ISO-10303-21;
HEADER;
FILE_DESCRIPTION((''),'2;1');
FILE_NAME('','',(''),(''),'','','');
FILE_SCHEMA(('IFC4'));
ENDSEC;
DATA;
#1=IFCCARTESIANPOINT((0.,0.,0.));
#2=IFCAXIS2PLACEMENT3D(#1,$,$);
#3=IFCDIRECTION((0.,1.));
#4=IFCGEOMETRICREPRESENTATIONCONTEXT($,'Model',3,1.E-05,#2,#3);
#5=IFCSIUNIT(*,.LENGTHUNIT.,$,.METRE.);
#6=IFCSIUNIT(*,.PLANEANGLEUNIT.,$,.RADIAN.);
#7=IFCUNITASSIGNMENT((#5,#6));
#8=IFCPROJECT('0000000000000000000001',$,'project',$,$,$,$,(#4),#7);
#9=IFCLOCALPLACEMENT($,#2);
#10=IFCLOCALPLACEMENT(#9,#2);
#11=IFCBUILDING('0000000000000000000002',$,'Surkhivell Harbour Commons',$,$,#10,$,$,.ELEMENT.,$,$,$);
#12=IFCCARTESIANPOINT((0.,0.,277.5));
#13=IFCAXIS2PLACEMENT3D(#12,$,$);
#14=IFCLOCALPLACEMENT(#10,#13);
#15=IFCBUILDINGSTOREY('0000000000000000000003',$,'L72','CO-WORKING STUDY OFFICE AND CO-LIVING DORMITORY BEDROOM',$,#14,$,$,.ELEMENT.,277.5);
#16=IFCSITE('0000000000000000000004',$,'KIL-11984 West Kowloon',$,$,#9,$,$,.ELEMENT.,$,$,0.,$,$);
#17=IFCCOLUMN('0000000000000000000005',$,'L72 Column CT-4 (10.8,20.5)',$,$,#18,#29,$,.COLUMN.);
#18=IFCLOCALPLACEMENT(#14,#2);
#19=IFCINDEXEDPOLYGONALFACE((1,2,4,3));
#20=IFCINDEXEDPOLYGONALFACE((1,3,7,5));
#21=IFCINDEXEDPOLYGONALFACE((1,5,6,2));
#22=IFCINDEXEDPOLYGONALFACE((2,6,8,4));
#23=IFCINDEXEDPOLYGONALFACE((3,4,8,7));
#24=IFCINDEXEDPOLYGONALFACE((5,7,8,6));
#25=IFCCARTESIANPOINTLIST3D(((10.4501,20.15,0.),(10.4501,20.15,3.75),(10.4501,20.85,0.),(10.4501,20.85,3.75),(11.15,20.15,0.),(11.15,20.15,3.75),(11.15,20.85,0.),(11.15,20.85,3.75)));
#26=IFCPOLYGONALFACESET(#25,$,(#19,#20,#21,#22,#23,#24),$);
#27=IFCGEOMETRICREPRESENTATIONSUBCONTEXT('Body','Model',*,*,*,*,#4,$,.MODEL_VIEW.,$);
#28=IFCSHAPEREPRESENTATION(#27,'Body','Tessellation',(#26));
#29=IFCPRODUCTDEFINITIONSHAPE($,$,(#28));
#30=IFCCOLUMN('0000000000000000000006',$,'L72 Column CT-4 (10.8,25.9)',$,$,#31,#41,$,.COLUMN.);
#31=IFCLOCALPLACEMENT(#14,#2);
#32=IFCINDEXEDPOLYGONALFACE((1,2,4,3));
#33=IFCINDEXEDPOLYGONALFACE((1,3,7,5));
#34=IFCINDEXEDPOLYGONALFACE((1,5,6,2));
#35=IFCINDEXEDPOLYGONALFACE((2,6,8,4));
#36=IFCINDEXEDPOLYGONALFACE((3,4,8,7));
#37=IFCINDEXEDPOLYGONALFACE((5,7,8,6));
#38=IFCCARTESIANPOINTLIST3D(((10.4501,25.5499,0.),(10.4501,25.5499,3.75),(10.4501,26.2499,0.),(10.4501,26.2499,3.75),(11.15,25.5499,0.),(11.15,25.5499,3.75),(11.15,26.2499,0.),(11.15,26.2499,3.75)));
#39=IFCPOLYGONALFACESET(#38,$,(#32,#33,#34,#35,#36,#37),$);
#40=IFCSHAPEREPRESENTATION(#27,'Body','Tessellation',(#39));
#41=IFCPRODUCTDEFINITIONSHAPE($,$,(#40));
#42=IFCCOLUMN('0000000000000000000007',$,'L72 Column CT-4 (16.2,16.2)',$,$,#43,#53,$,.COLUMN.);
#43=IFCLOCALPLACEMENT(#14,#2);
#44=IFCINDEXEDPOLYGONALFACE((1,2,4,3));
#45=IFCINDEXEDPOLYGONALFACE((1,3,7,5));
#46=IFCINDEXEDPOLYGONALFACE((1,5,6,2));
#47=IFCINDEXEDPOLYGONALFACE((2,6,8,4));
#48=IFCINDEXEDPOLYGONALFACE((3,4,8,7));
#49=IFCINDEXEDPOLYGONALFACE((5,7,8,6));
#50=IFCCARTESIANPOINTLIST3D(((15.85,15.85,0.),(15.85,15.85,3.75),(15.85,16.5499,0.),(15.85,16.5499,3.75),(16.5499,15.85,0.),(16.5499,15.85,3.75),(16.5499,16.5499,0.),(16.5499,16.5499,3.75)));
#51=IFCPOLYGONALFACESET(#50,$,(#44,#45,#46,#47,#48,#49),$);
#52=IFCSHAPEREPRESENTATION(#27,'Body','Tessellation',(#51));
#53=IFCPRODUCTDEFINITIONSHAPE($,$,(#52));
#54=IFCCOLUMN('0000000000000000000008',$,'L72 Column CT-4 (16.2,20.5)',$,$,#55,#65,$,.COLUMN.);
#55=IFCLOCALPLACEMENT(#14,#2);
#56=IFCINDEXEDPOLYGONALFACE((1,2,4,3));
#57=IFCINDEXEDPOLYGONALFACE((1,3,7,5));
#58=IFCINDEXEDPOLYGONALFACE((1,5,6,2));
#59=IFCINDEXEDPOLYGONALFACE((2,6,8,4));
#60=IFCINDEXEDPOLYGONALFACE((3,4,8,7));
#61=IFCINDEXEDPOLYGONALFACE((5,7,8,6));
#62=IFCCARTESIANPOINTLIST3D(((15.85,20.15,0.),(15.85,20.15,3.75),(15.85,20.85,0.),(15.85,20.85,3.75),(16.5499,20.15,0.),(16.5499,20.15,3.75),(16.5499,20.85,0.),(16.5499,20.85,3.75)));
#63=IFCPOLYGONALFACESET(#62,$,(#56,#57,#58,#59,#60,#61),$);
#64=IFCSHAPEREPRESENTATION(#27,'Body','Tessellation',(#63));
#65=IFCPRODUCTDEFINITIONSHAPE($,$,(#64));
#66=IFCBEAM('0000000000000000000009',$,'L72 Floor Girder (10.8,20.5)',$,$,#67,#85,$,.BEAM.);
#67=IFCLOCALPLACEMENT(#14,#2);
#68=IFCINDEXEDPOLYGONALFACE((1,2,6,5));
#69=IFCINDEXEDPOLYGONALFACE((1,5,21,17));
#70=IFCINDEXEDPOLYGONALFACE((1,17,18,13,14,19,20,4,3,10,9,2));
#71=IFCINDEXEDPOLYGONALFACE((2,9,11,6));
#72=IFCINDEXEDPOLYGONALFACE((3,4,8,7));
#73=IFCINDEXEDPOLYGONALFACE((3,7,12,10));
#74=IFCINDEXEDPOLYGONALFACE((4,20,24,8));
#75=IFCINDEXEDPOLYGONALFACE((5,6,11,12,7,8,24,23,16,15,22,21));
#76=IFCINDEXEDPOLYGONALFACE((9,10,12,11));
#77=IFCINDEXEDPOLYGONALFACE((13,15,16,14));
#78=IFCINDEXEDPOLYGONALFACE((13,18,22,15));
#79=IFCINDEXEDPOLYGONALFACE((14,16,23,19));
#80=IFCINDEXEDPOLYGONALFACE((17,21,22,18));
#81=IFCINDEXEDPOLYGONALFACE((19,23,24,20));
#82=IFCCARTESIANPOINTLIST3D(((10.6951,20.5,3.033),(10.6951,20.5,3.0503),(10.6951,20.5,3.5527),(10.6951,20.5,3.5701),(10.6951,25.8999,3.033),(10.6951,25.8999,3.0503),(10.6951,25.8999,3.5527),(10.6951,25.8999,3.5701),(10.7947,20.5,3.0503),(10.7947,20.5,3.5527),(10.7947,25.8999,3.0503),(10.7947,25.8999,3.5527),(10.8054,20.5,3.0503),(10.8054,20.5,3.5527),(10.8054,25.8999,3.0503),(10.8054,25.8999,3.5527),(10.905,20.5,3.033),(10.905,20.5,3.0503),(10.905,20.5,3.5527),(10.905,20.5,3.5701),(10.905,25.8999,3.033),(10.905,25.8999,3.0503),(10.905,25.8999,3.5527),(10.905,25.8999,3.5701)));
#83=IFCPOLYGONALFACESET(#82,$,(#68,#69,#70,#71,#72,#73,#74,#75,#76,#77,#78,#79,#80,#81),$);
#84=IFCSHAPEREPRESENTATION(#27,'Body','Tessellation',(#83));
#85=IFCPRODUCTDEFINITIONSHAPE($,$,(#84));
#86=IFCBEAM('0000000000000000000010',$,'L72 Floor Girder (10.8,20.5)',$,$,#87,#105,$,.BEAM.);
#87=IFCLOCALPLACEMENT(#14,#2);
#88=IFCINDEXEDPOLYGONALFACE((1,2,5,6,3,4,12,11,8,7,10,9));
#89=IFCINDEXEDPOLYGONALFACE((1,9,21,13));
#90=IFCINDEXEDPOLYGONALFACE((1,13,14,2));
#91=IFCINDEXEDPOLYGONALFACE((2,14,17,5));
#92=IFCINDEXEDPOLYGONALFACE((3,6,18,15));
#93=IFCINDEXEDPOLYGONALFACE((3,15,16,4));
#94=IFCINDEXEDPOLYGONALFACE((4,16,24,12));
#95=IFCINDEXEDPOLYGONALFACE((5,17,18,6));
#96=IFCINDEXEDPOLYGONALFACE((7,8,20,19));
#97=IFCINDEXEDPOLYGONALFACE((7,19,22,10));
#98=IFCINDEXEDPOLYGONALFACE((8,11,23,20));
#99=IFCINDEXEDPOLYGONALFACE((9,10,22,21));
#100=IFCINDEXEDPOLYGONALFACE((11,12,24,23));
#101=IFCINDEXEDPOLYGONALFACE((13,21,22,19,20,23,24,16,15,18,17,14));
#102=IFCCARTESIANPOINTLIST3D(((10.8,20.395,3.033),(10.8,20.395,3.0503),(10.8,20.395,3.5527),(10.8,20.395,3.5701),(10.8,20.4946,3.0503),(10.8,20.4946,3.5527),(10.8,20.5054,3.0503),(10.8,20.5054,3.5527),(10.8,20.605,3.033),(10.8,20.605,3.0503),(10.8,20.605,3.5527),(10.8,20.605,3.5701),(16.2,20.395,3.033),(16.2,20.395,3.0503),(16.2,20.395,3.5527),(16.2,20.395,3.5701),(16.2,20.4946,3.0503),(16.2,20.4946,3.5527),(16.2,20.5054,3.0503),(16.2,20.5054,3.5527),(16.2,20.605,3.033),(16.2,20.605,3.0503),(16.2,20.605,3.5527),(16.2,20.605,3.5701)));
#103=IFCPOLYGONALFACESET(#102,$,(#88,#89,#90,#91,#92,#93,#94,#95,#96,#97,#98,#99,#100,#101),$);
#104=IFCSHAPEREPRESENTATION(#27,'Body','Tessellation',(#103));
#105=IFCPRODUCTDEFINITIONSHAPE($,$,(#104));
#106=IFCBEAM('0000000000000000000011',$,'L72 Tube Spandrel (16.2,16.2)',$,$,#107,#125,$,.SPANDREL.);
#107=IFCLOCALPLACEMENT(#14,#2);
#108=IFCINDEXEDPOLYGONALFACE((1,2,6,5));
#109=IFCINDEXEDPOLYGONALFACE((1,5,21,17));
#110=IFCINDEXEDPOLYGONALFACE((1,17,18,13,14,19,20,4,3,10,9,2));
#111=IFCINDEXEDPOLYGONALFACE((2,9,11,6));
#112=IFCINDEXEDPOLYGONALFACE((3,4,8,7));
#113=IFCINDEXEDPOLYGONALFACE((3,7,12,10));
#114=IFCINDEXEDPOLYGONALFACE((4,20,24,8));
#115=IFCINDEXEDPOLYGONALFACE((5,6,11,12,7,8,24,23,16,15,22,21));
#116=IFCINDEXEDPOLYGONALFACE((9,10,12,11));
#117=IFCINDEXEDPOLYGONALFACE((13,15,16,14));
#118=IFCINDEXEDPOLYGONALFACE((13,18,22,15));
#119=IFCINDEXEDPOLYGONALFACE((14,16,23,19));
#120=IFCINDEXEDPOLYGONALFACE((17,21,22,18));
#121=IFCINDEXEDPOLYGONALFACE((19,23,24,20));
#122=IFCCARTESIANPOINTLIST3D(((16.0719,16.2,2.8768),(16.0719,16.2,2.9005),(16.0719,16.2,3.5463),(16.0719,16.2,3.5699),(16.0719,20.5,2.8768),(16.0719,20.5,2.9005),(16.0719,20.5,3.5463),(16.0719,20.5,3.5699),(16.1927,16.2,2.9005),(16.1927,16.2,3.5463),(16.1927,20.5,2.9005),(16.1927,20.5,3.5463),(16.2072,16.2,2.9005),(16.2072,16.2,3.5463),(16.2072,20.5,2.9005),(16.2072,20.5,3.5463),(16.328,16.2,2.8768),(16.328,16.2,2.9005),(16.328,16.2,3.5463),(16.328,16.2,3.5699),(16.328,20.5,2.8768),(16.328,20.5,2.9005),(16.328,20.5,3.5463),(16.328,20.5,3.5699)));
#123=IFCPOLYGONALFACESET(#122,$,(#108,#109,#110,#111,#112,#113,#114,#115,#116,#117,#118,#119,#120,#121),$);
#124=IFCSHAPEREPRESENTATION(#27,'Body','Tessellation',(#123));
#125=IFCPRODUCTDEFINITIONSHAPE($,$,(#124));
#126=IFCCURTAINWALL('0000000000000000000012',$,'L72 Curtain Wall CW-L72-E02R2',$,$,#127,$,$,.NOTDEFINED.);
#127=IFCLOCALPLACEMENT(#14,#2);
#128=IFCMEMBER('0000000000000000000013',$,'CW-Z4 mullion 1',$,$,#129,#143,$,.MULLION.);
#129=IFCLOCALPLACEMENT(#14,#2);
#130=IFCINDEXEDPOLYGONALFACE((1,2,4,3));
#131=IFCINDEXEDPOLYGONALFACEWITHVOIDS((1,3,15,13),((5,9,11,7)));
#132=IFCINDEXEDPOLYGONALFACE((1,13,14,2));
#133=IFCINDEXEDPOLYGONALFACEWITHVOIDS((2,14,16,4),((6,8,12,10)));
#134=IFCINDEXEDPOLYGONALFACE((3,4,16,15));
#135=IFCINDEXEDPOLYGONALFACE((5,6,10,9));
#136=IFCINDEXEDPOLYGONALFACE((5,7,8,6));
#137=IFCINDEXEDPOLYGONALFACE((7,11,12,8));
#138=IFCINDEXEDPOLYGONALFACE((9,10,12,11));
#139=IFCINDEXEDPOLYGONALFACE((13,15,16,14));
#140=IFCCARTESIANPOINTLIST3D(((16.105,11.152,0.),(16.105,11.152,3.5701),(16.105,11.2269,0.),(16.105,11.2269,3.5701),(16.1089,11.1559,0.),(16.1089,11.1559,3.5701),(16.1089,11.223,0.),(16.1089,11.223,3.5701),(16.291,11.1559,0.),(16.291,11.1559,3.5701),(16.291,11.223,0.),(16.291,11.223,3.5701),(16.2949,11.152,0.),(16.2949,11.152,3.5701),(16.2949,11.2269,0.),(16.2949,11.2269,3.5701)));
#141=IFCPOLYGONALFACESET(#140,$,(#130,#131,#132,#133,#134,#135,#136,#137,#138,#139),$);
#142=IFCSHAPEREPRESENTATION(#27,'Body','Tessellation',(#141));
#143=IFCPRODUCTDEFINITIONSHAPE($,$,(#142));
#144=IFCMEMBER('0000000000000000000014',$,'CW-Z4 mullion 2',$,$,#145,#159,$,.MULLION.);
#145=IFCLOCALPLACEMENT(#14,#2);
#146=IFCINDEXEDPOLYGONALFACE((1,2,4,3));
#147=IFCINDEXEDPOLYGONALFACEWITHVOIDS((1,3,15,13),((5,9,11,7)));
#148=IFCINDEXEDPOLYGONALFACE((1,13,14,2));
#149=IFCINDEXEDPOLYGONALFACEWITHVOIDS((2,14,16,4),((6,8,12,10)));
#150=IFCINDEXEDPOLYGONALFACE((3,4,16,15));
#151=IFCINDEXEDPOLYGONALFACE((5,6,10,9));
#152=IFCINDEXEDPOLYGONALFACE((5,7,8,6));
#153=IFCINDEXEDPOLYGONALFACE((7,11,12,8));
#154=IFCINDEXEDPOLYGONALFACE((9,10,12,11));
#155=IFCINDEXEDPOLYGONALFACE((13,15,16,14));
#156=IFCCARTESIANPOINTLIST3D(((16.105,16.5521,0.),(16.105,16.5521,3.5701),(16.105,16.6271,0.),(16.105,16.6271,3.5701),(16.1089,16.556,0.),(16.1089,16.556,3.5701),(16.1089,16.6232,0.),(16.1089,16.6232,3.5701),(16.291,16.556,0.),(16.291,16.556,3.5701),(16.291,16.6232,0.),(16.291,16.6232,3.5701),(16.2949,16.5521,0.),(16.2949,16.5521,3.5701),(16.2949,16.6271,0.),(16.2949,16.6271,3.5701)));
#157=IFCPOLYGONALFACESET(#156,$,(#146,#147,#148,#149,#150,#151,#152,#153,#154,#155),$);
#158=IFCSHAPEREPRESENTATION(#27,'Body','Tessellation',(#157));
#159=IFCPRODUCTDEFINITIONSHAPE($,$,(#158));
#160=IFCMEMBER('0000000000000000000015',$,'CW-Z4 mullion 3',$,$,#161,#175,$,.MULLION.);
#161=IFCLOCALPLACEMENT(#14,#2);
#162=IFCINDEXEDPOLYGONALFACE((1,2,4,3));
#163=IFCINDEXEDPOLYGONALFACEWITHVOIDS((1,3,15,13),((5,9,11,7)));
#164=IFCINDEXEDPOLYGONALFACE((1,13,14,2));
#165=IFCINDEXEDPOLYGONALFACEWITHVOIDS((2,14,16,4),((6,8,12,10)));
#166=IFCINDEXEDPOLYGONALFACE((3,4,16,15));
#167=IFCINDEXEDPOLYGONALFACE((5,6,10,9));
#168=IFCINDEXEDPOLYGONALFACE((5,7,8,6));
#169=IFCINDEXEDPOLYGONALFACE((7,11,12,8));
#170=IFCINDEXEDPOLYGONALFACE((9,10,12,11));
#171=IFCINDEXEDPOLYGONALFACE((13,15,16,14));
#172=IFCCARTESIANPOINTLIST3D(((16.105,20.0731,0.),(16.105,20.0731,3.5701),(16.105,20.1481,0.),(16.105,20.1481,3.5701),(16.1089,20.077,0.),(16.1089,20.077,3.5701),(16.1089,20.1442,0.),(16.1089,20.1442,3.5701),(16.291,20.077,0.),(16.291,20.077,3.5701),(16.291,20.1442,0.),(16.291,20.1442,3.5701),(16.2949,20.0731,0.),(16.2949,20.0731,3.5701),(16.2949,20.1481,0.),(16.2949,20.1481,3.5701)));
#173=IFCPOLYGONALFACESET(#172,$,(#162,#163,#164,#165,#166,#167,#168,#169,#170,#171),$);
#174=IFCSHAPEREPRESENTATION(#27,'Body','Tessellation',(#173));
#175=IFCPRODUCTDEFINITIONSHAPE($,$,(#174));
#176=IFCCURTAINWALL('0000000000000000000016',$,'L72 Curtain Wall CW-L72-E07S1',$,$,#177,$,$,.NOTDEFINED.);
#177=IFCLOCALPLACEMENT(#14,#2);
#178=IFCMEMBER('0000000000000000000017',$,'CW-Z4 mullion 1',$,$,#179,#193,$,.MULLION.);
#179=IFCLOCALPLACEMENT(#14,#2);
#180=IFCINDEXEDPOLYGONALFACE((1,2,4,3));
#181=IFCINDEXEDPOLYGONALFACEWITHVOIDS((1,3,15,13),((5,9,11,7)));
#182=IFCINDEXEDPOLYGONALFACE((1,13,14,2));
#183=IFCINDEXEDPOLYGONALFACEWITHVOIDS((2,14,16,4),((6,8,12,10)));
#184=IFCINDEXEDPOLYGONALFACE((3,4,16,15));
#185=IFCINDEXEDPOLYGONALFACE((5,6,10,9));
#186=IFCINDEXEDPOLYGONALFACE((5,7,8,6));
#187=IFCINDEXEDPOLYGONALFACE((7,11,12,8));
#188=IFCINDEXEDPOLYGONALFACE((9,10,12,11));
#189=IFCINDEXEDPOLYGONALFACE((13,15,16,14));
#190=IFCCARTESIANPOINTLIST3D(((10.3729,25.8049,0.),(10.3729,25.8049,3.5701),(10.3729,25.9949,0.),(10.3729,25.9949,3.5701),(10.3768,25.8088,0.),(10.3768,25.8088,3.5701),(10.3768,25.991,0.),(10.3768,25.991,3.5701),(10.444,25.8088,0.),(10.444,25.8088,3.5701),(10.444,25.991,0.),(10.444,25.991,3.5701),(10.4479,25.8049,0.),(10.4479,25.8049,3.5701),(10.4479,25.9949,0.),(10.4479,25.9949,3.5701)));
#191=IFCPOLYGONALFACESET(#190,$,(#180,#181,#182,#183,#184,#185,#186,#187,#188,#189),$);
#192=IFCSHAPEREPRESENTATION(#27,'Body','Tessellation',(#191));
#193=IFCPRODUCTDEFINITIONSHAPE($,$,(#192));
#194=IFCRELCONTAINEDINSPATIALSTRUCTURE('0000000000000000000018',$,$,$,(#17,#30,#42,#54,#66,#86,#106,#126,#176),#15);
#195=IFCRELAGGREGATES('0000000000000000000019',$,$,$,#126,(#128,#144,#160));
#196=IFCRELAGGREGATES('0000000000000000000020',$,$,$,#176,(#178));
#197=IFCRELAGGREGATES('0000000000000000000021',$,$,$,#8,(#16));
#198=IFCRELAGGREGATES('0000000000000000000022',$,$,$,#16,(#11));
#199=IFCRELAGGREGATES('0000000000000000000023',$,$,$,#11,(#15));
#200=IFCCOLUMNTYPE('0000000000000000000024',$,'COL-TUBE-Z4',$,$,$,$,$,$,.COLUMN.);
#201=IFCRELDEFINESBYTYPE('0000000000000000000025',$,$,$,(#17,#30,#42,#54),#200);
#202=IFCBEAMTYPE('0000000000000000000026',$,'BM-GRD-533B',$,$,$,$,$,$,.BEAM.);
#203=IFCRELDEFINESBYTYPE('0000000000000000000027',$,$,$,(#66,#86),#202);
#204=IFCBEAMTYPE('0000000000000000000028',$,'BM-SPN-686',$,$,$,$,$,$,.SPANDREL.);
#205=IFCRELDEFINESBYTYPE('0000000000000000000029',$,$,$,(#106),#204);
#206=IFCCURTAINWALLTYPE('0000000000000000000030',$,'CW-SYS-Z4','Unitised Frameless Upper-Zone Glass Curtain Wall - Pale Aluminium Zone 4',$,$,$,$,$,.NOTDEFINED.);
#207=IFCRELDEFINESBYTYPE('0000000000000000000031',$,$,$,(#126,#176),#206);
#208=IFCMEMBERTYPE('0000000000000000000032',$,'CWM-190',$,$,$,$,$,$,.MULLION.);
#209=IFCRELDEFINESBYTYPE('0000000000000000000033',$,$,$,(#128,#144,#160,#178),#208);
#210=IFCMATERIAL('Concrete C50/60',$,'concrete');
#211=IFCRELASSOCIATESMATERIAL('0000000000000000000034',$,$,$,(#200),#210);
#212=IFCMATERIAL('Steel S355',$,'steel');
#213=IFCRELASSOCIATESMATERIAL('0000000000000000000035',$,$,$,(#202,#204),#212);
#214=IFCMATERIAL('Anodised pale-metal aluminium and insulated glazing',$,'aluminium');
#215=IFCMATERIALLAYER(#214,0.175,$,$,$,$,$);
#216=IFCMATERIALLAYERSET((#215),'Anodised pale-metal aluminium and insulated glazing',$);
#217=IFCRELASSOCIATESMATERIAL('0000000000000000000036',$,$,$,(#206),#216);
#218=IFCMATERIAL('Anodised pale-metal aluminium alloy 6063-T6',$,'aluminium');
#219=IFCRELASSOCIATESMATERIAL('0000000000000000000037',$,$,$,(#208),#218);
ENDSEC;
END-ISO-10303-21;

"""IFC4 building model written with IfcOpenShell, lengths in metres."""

from ifc_helpers import new_model, si_unit, direction, frame, origin, origin_2d, place, context, subcontext, project, spatial, rectangle, hollow_rectangle, i_section, extrude, material, layer, layer_set, material_profile, profile_set, type_object, element, aggregate, save


model = new_model("IFC4")

# Units and contexts
model_context = context("Model", 3, precision=1e-05, world=origin(), true_north=direction((0.0, 1.0)))
body_context = subcontext(model_context, "Body", "Model", "MODEL_VIEW")
ifc_project = project(units=[si_unit("LENGTHUNIT", "METRE"), si_unit("PLANEANGLEUNIT", "RADIAN")], contexts=[model_context])

# Site, building, storey
site_placement = place(None, origin())
site = spatial("IfcSite", under=ifc_project, at=site_placement, Name="KIL-11984 West Kowloon", CompositionType="ELEMENT", RefElevation=0.0)
building_placement = place(site_placement, origin())
building = spatial("IfcBuilding", under=site, at=building_placement, Name="Surkhivell Harbour Commons", CompositionType="ELEMENT")
storey_placement = place(building_placement, frame((0.0, 0.0, 277.5)))
storey = spatial("IfcBuildingStorey", under=building, at=storey_placement, Name="L72", Description="CO-WORKING STUDY OFFICE AND CO-LIVING DORMITORY BEDROOM", CompositionType="ELEMENT", Elevation=277.5)

# Columns
ifc_material_1 = material(Name="Concrete C50/60", Category="concrete")
ifc_material_profile_1 = material_profile(ifc_material_1, rectangle(XDim=0.7, YDim=0.7, at=origin_2d()), Name="RC-COL-700x700")
ifc_profile_set_1 = profile_set([ifc_material_profile_1], Name="Concrete C50/60")
column_type = type_object("IfcColumnType", Name="COL-TUBE-Z4", PredefinedType="COLUMN", material=ifc_profile_set_1)
for number, where, z_axis, x_axis, name in (
    (1, (10.8, 20.5, 0.0), (0.0, 0.0, 1.0), (1.0, 0.0, 0.0), "L72 Column CT-4 (10.8,20.5)"),
    (2, (10.8, 25.8999, 0.0), (0.0, 0.0, 1.0), (1.0, 0.0, 0.0), "L72 Column CT-4 (10.8,25.9)"),
    (3, (16.2, 16.2, 0.0), (0.0, 0.0, 1.0), (1.0, 0.0, 0.0), "L72 Column CT-4 (16.2,16.2)"),
    (4, (16.2, 20.5, 0.0), (0.0, 0.0, 1.0), (1.0, 0.0, 0.0), "L72 Column CT-4 (16.2,20.5)"),
):
    element("IfcColumn", number, at=place(storey_placement, frame(where, z_axis=z_axis, x_axis=x_axis)), inside=storey, type_object=column_type, Name=name, PredefinedType="COLUMN", context=body_context, shape_type="SweptSolid", body=[
        extrude(rectangle(XDim=0.7, YDim=0.7, at=origin_2d()), origin(), (0.0, 0.0, 1.0), 3.75),
    ])

# Beams
ifc_material_2 = material(Name="Steel S355", Category="steel")
ifc_material_profile_2 = material_profile(ifc_material_2, i_section(OverallWidth=0.21, OverallDepth=0.5371, WebThickness=0.0107, FlangeThickness=0.0173, at=origin_2d()), Name="UB533x210x101")
ifc_profile_set_2 = profile_set([ifc_material_profile_2], Name="Steel S355")
beam_type_1 = type_object("IfcBeamType", Name="BM-GRD-533B", PredefinedType="BEAM", material=ifc_profile_set_2)
for number, where, z_axis, x_axis, name in (
    (5, (10.8, 20.5, 3.3015), (0.0, 1.0, 0.0), (-1.0, 0.0, 0.0), "L72 Floor Girder (10.8,20.5)"),
    (6, (10.8, 20.5, 3.3015), (1.0, 0.0, 0.0), (0.0, 1.0, 0.0), "L72 Floor Girder (10.8,20.5)"),
):
    element("IfcBeam", number, at=place(storey_placement, frame(where, z_axis=z_axis, x_axis=x_axis)), inside=storey, type_object=beam_type_1, Name=name, PredefinedType="BEAM", context=body_context, shape_type="SweptSolid", body=[
        extrude(i_section(OverallWidth=0.21, OverallDepth=0.5371, WebThickness=0.0107, FlangeThickness=0.0173, at=origin_2d()), origin(), (0.0, 0.0, 1.0), 5.3999),
    ])
ifc_material_profile_3 = material_profile(ifc_material_2, i_section(OverallWidth=0.2561, OverallDepth=0.6931, WebThickness=0.0144, FlangeThickness=0.0237, at=origin_2d()), Name="UB686x254x170")
ifc_profile_set_3 = profile_set([ifc_material_profile_3], Name="Steel S355")
beam_type_2 = type_object("IfcBeamType", Name="BM-SPN-686", PredefinedType="SPANDREL", material=ifc_profile_set_3)
beam_placement = place(storey_placement, frame((16.2, 16.2, 3.2234), z_axis=(0.0, 1.0, 0.0), x_axis=(-1.0, 0.0, 0.0)))
element("IfcBeam", 7, at=beam_placement, inside=storey, type_object=beam_type_2, Name="L72 Tube Spandrel (16.2,16.2)", PredefinedType="SPANDREL", context=body_context, shape_type="SweptSolid", body=[
    extrude(i_section(OverallWidth=0.2561, OverallDepth=0.6931, WebThickness=0.0144, FlangeThickness=0.0237, at=origin_2d()), origin(), (0.0, 0.0, 1.0), 4.3),
])

# Curtain wall, members
ifc_material_3 = material(Name="Anodised pale-metal aluminium and insulated glazing", Category="aluminium")
ifc_layer_1 = layer(ifc_material_3, 0.175)
ifc_layer_set_1 = layer_set([ifc_layer_1], Name="Anodised pale-metal aluminium and insulated glazing")
curtain_wall_type = type_object("IfcCurtainWallType", Name="CW-SYS-Z4", Description="Unitised Frameless Upper-Zone Glass Curtain Wall - Pale Aluminium Zone 4", PredefinedType="NOTDEFINED", material=ifc_layer_set_1)
curtain_wall_1_placement = place(storey_placement, origin())
curtain_wall_1 = element("IfcCurtainWall", 8, at=curtain_wall_1_placement, inside=storey, type_object=curtain_wall_type, Name="L72 Curtain Wall CW-L72-E02R2", PredefinedType="NOTDEFINED")
ifc_material_4 = material(Name="Anodised pale-metal aluminium alloy 6063-T6", Category="aluminium")
ifc_material_profile_4 = material_profile(ifc_material_4, hollow_rectangle(XDim=0.075, YDim=0.1899, WallThickness=0.0039, at=origin_2d()), Name="ALU-MULL-75x190")
ifc_profile_set_4 = profile_set([ifc_material_profile_4], Name="Anodised pale-metal aluminium alloy 6063-T6")
member_type_1 = type_object("IfcMemberType", Name="CWM-190", PredefinedType="MULLION", material=ifc_profile_set_4)
member_1_placement = place(storey_placement, frame((16.2, 11.1895, 0.0), z_axis=(0.0, 0.0, 1.0), x_axis=(0.0, 1.0, 0.0)))
member_1 = element("IfcMember", 9, at=member_1_placement, type_object=member_type_1, Name="CW-Z4 mullion 1", PredefinedType="MULLION", context=body_context, shape_type="SweptSolid", body=[
    extrude(hollow_rectangle(XDim=0.075, YDim=0.1899, WallThickness=0.0039, at=origin_2d()), origin(), (0.0, 0.0, 1.0), 3.5701),
])
member_2_placement = place(storey_placement, frame((16.2, 16.5896, 0.0), z_axis=(0.0, 0.0, 1.0), x_axis=(0.0, 1.0, 0.0)))
member_2 = element("IfcMember", 10, at=member_2_placement, type_object=member_type_1, Name="CW-Z4 mullion 2", PredefinedType="MULLION", context=body_context, shape_type="SweptSolid", body=[
    extrude(hollow_rectangle(XDim=0.075, YDim=0.1899, WallThickness=0.0039, at=origin_2d()), origin(), (0.0, 0.0, 1.0), 3.5701),
])
member_3_placement = place(storey_placement, frame((16.2, 20.1106, 0.0), z_axis=(0.0, 0.0, 1.0), x_axis=(0.0, 1.0, 0.0)))
member_3 = element("IfcMember", 11, at=member_3_placement, type_object=member_type_1, Name="CW-Z4 mullion 3", PredefinedType="MULLION", context=body_context, shape_type="SweptSolid", body=[
    extrude(hollow_rectangle(XDim=0.075, YDim=0.1899, WallThickness=0.0039, at=origin_2d()), origin(), (0.0, 0.0, 1.0), 3.5701),
])

# Curtain wall, member
curtain_wall_2_placement = place(storey_placement, origin())
curtain_wall_2 = element("IfcCurtainWall", 12, at=curtain_wall_2_placement, inside=storey, type_object=curtain_wall_type, Name="L72 Curtain Wall CW-L72-E07S1", PredefinedType="NOTDEFINED")
member_4_placement = place(storey_placement, frame((10.4104, 25.8999, 0.0), z_axis=(0.0, 0.0, 1.0), x_axis=(-1.0, 0.0, 0.0)))
member_4 = element("IfcMember", 13, at=member_4_placement, type_object=member_type_1, Name="CW-Z4 mullion 1", PredefinedType="MULLION", context=body_context, shape_type="SweptSolid", body=[
    extrude(hollow_rectangle(XDim=0.075, YDim=0.1899, WallThickness=0.0039, at=origin_2d()), origin(), (0.0, 0.0, 1.0), 3.5701),
])

aggregate(curtain_wall_1, [member_1, member_2, member_3])
aggregate(curtain_wall_2, [member_4])

save(model, "model.ifc")
